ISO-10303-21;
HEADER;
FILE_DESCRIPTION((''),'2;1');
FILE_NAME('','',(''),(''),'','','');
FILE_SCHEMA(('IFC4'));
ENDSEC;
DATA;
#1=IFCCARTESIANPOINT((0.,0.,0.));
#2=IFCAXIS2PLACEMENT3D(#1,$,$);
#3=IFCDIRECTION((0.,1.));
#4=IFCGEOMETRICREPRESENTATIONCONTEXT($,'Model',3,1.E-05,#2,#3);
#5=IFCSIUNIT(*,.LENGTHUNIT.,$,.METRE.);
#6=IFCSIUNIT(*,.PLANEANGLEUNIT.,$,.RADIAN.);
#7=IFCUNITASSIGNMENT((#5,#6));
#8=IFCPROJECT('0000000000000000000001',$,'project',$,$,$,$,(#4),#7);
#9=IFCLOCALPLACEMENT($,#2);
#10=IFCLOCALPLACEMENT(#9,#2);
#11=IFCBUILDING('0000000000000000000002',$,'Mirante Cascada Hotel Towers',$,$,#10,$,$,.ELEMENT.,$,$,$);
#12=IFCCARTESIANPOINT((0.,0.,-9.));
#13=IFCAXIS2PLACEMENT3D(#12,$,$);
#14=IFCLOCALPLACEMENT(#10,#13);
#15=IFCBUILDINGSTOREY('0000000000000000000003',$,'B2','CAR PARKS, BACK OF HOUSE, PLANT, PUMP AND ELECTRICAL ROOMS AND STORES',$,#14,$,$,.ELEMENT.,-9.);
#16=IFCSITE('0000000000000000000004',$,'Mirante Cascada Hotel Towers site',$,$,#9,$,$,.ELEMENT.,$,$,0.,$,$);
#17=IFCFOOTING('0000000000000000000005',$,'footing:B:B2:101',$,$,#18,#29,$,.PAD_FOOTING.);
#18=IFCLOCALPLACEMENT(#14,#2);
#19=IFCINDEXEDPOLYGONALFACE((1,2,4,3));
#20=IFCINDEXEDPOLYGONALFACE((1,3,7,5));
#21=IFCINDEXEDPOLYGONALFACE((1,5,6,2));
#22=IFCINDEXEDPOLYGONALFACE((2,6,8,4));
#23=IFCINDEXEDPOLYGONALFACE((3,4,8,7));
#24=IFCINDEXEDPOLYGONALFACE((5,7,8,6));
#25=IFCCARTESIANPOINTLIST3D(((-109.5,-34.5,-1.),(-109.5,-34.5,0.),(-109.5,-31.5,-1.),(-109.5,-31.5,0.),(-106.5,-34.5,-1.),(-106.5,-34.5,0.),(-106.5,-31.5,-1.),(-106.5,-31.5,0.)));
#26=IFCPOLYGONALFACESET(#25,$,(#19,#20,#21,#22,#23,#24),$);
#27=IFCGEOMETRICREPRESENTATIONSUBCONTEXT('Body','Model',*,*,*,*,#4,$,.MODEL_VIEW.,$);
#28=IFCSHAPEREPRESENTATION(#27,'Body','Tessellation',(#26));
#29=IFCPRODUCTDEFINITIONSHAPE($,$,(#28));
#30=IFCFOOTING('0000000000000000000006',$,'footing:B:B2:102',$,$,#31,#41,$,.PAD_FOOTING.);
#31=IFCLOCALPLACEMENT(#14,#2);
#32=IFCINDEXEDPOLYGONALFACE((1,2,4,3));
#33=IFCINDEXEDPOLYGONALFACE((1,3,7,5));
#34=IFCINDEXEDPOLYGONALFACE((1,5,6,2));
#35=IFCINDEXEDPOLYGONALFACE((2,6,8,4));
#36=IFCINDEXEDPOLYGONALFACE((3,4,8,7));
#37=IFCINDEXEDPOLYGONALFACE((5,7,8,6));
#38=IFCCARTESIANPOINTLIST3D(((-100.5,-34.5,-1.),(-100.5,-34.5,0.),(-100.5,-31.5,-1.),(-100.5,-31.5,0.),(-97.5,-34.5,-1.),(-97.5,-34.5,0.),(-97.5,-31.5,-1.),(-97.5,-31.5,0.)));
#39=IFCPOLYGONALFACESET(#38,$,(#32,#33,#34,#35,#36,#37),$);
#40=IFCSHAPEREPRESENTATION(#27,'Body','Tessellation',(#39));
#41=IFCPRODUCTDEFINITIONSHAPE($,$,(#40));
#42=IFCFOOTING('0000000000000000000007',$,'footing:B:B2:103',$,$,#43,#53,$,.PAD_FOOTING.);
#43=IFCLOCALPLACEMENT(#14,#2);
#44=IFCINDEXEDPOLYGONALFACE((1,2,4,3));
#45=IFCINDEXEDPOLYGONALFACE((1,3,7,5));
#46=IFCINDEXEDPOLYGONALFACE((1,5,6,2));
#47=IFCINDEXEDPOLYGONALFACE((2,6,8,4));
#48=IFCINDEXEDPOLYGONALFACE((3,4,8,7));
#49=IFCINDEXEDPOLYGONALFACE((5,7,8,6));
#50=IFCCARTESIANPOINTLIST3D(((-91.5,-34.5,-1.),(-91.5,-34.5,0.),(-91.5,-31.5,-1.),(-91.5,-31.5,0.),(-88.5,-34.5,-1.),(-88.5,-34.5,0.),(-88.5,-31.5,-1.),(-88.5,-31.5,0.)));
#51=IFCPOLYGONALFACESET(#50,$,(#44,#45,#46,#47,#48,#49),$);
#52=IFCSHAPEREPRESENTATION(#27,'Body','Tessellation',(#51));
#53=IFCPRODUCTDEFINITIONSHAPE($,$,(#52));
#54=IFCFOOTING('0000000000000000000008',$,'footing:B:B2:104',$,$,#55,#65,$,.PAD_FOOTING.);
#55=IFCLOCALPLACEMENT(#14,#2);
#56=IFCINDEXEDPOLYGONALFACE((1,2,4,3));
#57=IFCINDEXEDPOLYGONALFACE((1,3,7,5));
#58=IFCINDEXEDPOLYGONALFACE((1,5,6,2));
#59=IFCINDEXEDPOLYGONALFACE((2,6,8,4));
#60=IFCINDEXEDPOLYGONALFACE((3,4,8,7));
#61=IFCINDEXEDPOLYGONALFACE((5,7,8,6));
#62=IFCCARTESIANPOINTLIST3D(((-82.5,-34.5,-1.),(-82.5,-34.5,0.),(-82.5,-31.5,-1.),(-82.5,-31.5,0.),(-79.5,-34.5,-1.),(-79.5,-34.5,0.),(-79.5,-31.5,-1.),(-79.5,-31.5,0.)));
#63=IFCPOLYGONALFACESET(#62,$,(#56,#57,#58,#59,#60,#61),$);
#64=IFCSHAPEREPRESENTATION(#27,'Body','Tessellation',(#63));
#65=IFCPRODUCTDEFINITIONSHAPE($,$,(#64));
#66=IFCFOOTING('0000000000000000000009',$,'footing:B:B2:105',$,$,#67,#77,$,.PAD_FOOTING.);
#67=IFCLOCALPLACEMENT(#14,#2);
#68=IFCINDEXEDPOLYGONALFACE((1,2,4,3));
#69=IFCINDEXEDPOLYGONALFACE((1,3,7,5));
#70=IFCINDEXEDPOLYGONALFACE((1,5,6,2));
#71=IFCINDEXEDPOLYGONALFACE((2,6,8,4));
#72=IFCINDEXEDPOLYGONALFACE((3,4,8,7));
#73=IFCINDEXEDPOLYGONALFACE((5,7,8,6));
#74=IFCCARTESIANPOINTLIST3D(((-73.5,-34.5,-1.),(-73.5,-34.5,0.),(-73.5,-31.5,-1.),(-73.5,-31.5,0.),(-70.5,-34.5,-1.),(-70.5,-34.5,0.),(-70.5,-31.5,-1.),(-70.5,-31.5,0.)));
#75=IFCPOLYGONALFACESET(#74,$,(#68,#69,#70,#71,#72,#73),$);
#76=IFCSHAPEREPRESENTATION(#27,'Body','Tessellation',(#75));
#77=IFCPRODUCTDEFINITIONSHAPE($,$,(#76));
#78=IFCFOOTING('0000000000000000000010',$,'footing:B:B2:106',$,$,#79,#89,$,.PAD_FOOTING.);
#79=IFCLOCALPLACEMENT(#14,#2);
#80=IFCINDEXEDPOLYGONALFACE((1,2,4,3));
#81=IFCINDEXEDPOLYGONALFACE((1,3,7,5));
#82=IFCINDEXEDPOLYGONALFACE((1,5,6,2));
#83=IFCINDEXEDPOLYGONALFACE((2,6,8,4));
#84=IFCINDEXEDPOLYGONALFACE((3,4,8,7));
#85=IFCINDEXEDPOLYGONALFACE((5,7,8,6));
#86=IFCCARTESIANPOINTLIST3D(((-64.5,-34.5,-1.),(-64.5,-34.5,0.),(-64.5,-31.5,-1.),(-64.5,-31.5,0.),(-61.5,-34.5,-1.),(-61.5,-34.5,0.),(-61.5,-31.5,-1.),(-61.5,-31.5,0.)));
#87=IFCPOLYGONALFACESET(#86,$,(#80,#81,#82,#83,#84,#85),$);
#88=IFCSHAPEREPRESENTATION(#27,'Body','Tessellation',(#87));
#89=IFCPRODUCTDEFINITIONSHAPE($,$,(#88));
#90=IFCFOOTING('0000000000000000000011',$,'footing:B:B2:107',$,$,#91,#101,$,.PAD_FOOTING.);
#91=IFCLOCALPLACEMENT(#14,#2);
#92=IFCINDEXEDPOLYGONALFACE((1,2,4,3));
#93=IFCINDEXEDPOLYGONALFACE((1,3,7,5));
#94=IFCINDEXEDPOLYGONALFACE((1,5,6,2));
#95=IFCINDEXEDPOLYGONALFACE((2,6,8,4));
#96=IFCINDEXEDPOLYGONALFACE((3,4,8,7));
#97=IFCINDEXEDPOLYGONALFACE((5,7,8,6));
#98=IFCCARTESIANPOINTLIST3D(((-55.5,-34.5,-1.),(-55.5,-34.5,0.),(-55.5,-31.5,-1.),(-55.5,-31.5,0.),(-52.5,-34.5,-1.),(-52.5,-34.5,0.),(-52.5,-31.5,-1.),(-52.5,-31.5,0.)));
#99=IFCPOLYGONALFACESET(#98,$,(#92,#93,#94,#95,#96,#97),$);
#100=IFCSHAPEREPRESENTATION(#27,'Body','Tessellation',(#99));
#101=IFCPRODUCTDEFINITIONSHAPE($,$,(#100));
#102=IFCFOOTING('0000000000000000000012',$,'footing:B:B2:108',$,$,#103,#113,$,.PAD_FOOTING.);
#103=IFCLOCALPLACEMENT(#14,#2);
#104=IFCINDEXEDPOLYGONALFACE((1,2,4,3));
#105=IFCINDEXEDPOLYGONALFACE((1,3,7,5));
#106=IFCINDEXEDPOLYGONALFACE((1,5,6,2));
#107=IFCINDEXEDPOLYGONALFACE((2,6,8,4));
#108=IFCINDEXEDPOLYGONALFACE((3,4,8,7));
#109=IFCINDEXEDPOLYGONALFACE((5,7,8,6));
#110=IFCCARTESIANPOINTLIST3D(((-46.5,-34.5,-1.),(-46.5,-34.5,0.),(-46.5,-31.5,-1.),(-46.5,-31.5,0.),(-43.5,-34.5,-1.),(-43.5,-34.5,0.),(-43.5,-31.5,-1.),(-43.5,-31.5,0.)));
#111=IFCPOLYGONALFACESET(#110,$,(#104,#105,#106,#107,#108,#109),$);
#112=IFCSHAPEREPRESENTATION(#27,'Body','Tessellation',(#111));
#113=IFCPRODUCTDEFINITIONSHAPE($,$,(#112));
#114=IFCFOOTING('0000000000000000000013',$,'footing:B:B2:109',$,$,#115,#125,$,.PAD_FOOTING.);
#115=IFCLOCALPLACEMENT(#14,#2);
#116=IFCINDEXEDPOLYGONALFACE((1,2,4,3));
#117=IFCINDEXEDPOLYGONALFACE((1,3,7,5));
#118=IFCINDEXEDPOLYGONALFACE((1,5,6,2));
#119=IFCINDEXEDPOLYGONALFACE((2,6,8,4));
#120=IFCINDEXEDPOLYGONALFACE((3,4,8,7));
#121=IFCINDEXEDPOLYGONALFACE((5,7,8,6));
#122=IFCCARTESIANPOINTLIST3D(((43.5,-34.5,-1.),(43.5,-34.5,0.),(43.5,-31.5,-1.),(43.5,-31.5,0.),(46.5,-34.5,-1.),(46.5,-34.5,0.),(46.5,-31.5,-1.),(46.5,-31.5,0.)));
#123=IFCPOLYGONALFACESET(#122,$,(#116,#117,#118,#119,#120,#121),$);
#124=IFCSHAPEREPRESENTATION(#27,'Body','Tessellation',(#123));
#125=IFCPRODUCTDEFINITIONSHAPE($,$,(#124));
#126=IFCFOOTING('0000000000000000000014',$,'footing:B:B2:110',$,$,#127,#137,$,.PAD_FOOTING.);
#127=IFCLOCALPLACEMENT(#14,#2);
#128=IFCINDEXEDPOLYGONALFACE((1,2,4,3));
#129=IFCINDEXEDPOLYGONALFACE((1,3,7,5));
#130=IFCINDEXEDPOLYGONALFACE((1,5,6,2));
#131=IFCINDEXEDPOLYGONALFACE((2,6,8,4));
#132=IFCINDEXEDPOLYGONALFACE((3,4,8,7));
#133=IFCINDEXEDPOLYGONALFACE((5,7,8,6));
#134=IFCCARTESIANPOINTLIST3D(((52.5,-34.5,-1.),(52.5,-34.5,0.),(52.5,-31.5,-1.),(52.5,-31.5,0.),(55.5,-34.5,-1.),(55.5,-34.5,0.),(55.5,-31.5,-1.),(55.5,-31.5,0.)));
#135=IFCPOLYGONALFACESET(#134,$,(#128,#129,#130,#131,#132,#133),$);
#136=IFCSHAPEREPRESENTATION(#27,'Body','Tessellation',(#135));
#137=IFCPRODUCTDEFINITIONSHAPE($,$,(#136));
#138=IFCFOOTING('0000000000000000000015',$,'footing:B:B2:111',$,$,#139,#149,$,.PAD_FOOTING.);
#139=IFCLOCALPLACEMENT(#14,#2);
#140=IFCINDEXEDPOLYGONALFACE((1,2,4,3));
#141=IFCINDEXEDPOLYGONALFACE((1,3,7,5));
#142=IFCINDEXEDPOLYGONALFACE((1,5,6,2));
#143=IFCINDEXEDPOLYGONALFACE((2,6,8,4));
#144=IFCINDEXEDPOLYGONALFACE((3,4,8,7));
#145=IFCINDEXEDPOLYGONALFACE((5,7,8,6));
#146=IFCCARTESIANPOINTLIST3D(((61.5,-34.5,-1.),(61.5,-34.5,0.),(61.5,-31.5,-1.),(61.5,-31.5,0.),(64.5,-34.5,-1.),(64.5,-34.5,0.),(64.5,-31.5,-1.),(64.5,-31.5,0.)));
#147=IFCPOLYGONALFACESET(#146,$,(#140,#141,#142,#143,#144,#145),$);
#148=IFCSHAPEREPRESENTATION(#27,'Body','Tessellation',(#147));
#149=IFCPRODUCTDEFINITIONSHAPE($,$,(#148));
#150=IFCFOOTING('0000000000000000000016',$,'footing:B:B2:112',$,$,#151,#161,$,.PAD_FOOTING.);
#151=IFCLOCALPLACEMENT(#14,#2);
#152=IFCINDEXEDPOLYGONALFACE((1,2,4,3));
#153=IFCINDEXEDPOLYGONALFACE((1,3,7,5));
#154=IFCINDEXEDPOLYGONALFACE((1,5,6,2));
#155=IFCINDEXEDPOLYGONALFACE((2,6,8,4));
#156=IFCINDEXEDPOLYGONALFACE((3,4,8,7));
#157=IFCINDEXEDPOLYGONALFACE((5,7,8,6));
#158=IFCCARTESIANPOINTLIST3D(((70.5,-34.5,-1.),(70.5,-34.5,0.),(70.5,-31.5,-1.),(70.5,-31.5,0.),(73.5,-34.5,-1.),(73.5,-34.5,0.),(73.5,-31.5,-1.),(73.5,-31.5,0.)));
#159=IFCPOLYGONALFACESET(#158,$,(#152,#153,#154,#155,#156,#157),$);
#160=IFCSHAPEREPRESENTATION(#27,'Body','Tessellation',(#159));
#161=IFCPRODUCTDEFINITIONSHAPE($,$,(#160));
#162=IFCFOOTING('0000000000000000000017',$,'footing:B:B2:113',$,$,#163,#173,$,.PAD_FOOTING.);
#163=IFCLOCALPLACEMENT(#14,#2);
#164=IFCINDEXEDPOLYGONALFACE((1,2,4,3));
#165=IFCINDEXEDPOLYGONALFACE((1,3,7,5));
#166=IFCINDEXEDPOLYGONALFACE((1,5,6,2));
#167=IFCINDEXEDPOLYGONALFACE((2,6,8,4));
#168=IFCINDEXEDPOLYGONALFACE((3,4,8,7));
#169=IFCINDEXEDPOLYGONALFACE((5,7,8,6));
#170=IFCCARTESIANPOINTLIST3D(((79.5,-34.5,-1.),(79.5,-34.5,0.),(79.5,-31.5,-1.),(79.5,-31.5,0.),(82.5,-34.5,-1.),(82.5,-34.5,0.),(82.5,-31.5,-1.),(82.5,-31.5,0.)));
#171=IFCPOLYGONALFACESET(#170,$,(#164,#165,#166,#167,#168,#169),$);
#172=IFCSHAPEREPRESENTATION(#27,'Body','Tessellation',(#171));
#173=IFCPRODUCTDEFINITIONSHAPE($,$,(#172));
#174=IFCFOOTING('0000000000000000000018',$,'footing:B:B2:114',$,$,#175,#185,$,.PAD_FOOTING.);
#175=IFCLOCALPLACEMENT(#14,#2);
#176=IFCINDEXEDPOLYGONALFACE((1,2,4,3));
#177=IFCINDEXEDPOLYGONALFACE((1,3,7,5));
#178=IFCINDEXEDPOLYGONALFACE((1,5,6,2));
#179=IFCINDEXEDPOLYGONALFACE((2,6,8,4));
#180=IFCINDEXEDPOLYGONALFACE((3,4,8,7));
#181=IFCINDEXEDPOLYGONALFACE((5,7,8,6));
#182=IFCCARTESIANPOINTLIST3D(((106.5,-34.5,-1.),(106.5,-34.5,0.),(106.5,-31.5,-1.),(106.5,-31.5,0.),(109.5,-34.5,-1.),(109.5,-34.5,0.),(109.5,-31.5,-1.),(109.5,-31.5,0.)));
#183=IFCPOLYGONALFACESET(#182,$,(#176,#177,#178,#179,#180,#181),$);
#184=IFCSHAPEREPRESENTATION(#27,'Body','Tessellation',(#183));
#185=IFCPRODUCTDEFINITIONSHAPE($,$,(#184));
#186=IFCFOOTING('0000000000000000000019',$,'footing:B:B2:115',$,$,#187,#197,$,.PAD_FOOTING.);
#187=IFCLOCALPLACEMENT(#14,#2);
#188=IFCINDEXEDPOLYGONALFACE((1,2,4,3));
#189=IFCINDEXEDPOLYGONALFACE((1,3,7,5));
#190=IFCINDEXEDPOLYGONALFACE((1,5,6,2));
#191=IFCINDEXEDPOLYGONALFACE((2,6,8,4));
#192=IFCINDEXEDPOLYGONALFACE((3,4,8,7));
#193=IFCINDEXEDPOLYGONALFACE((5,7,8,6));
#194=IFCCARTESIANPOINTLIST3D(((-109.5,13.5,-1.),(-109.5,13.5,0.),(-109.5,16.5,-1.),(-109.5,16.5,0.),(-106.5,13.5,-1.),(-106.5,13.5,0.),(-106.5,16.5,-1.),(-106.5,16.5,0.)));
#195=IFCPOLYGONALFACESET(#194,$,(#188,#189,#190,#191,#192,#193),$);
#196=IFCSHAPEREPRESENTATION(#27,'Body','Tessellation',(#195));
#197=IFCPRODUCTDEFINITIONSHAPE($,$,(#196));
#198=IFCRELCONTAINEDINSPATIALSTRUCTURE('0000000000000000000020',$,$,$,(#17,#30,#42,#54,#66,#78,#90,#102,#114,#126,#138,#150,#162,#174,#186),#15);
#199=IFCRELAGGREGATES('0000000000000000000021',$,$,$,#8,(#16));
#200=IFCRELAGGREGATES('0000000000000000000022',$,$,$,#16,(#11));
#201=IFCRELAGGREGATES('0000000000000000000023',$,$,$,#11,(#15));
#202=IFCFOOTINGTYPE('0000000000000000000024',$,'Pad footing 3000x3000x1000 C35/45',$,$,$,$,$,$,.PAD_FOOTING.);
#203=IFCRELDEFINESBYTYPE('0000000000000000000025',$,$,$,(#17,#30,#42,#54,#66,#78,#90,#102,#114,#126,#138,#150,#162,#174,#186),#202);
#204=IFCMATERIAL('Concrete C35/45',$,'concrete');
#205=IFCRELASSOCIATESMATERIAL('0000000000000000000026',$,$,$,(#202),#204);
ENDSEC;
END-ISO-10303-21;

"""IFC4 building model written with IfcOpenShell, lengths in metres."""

from ifc_helpers import new_model, si_unit, direction, frame, origin, place, context, subcontext, project, spatial, polyline, outline, extrude, material, type_object, element, save


model = new_model("IFC4")

# Units and contexts
model_context = context("Model", 3, precision=1e-05, world=origin(), true_north=direction((0.0, 1.0)))
body_context = subcontext(model_context, "Body", "Model", "MODEL_VIEW")
ifc_project = project(units=[si_unit("LENGTHUNIT", "METRE"), si_unit("PLANEANGLEUNIT", "RADIAN")], contexts=[model_context])

# Site, building, storey
site_placement = place(None, origin())
site = spatial("IfcSite", under=ifc_project, at=site_placement, Name="Mirante Cascada Hotel Towers site", CompositionType="ELEMENT", RefElevation=0.0)
building_placement = place(site_placement, origin())
building = spatial("IfcBuilding", under=site, at=building_placement, Name="Mirante Cascada Hotel Towers", CompositionType="ELEMENT")
storey_placement = place(building_placement, frame((0.0, 0.0, -9.0)))
storey = spatial("IfcBuildingStorey", under=building, at=storey_placement, Name="B2", Description="CAR PARKS, BACK OF HOUSE, PLANT, PUMP AND ELECTRICAL ROOMS AND STORES", CompositionType="ELEMENT", Elevation=-9.0)

# Footings
ifc_material_1 = material(Name="Concrete C35/45", Category="concrete")
footing_type_1 = type_object("IfcFootingType", Name="Pad footing 3000x3000x1000 C35/45", PredefinedType="PAD_FOOTING", material=ifc_material_1)
footing_1_placement = place(storey_placement, frame((0.0, 0.0, -1.0)))
element("IfcFooting", 1, at=footing_1_placement, inside=storey, type_object=footing_type_1, Name="footing:B:B2:101", PredefinedType="PAD_FOOTING", context=body_context, shape_type="SweptSolid", body=[
    extrude(outline(polyline([(-106.5, -34.5), (-106.5, -31.5), (-109.5, -31.5), (-109.5, -34.5), (-106.5, -34.5)])), origin(), (0.0, 0.0, 1.0), 1.0),
])
footing_2_placement = place(storey_placement, frame((0.0, 0.0, -1.0)))
element("IfcFooting", 2, at=footing_2_placement, inside=storey, type_object=footing_type_1, Name="footing:B:B2:102", PredefinedType="PAD_FOOTING", context=body_context, shape_type="SweptSolid", body=[
    extrude(outline(polyline([(-97.5, -34.5), (-97.5, -31.5), (-100.5, -31.5), (-100.5, -34.5), (-97.5, -34.5)])), origin(), (0.0, 0.0, 1.0), 1.0),
])
footing_3_placement = place(storey_placement, frame((0.0, 0.0, -1.0)))
element("IfcFooting", 3, at=footing_3_placement, inside=storey, type_object=footing_type_1, Name="footing:B:B2:103", PredefinedType="PAD_FOOTING", context=body_context, shape_type="SweptSolid", body=[
    extrude(outline(polyline([(-88.5, -34.5), (-88.5, -31.5), (-91.5, -31.5), (-91.5, -34.5), (-88.5, -34.5)])), origin(), (0.0, 0.0, 1.0), 1.0),
])
footing_4_placement = place(storey_placement, frame((0.0, 0.0, -1.0)))
element("IfcFooting", 4, at=footing_4_placement, inside=storey, type_object=footing_type_1, Name="footing:B:B2:104", PredefinedType="PAD_FOOTING", context=body_context, shape_type="SweptSolid", body=[
    extrude(outline(polyline([(-79.5, -34.5), (-79.5, -31.5), (-82.5, -31.5), (-82.5, -34.5), (-79.5, -34.5)])), origin(), (0.0, 0.0, 1.0), 1.0),
])
footing_5_placement = place(storey_placement, frame((0.0, 0.0, -1.0)))
element("IfcFooting", 5, at=footing_5_placement, inside=storey, type_object=footing_type_1, Name="footing:B:B2:105", PredefinedType="PAD_FOOTING", context=body_context, shape_type="SweptSolid", body=[
    extrude(outline(polyline([(-70.5, -34.5), (-70.5, -31.5), (-73.5, -31.5), (-73.5, -34.5), (-70.5, -34.5)])), origin(), (0.0, 0.0, 1.0), 1.0),
])
footing_6_placement = place(storey_placement, frame((0.0, 0.0, -1.0)))
element("IfcFooting", 6, at=footing_6_placement, inside=storey, type_object=footing_type_1, Name="footing:B:B2:106", PredefinedType="PAD_FOOTING", context=body_context, shape_type="SweptSolid", body=[
    extrude(outline(polyline([(-61.5, -34.5), (-61.5, -31.5), (-64.5, -31.5), (-64.5, -34.5), (-61.5, -34.5)])), origin(), (0.0, 0.0, 1.0), 1.0),
])
footing_7_placement = place(storey_placement, frame((0.0, 0.0, -1.0)))
element("IfcFooting", 7, at=footing_7_placement, inside=storey, type_object=footing_type_1, Name="footing:B:B2:107", PredefinedType="PAD_FOOTING", context=body_context, shape_type="SweptSolid", body=[
    extrude(outline(polyline([(-52.5, -34.5), (-52.5, -31.5), (-55.5, -31.5), (-55.5, -34.5), (-52.5, -34.5)])), origin(), (0.0, 0.0, 1.0), 1.0),
])
footing_8_placement = place(storey_placement, frame((0.0, 0.0, -1.0)))
element("IfcFooting", 8, at=footing_8_placement, inside=storey, type_object=footing_type_1, Name="footing:B:B2:108", PredefinedType="PAD_FOOTING", context=body_context, shape_type="SweptSolid", body=[
    extrude(outline(polyline([(-43.5, -34.5), (-43.5, -31.5), (-46.5, -31.5), (-46.5, -34.5), (-43.5, -34.5)])), origin(), (0.0, 0.0, 1.0), 1.0),
])
footing_9_placement = place(storey_placement, frame((0.0, 0.0, -1.0)))
element("IfcFooting", 9, at=footing_9_placement, inside=storey, type_object=footing_type_1, Name="footing:B:B2:109", PredefinedType="PAD_FOOTING", context=body_context, shape_type="SweptSolid", body=[
    extrude(outline(polyline([(46.5, -34.5), (46.5, -31.5), (43.5, -31.5), (43.5, -34.5), (46.5, -34.5)])), origin(), (0.0, 0.0, 1.0), 1.0),
])
footing_10_placement = place(storey_placement, frame((0.0, 0.0, -1.0)))
element("IfcFooting", 10, at=footing_10_placement, inside=storey, type_object=footing_type_1, Name="footing:B:B2:110", PredefinedType="PAD_FOOTING", context=body_context, shape_type="SweptSolid", body=[
    extrude(outline(polyline([(55.5, -34.5), (55.5, -31.5), (52.5, -31.5), (52.5, -34.5), (55.5, -34.5)])), origin(), (0.0, 0.0, 1.0), 1.0),
])
footing_11_placement = place(storey_placement, frame((0.0, 0.0, -1.0)))
element("IfcFooting", 11, at=footing_11_placement, inside=storey, type_object=footing_type_1, Name="footing:B:B2:111", PredefinedType="PAD_FOOTING", context=body_context, shape_type="SweptSolid", body=[
    extrude(outline(polyline([(64.5, -34.5), (64.5, -31.5), (61.5, -31.5), (61.5, -34.5), (64.5, -34.5)])), origin(), (0.0, 0.0, 1.0), 1.0),
])
footing_12_placement = place(storey_placement, frame((0.0, 0.0, -1.0)))
element("IfcFooting", 12, at=footing_12_placement, inside=storey, type_object=footing_type_1, Name="footing:B:B2:112", PredefinedType="PAD_FOOTING", context=body_context, shape_type="SweptSolid", body=[
    extrude(outline(polyline([(73.5, -34.5), (73.5, -31.5), (70.5, -31.5), (70.5, -34.5), (73.5, -34.5)])), origin(), (0.0, 0.0, 1.0), 1.0),
])
footing_13_placement = place(storey_placement, frame((0.0, 0.0, -1.0)))
element("IfcFooting", 13, at=footing_13_placement, inside=storey, type_object=footing_type_1, Name="footing:B:B2:113", PredefinedType="PAD_FOOTING", context=body_context, shape_type="SweptSolid", body=[
    extrude(outline(polyline([(82.5, -34.5), (82.5, -31.5), (79.5, -31.5), (79.5, -34.5), (82.5, -34.5)])), origin(), (0.0, 0.0, 1.0), 1.0),
])
footing_14_placement = place(storey_placement, frame((0.0, 0.0, -1.0)))
element("IfcFooting", 14, at=footing_14_placement, inside=storey, type_object=footing_type_1, Name="footing:B:B2:114", PredefinedType="PAD_FOOTING", context=body_context, shape_type="SweptSolid", body=[
    extrude(outline(polyline([(109.5, -34.5), (109.5, -31.5), (106.5, -31.5), (106.5, -34.5), (109.5, -34.5)])), origin(), (0.0, 0.0, 1.0), 1.0),
])
footing_15_placement = place(storey_placement, frame((0.0, 0.0, -1.0)))
element("IfcFooting", 15, at=footing_15_placement, inside=storey, type_object=footing_type_1, Name="footing:B:B2:115", PredefinedType="PAD_FOOTING", context=body_context, shape_type="SweptSolid", body=[
    extrude(outline(polyline([(-106.5, 13.5), (-106.5, 16.5), (-109.5, 16.5), (-109.5, 13.5), (-106.5, 13.5)])), origin(), (0.0, 0.0, 1.0), 1.0),
])

save(model, "model.ifc")
